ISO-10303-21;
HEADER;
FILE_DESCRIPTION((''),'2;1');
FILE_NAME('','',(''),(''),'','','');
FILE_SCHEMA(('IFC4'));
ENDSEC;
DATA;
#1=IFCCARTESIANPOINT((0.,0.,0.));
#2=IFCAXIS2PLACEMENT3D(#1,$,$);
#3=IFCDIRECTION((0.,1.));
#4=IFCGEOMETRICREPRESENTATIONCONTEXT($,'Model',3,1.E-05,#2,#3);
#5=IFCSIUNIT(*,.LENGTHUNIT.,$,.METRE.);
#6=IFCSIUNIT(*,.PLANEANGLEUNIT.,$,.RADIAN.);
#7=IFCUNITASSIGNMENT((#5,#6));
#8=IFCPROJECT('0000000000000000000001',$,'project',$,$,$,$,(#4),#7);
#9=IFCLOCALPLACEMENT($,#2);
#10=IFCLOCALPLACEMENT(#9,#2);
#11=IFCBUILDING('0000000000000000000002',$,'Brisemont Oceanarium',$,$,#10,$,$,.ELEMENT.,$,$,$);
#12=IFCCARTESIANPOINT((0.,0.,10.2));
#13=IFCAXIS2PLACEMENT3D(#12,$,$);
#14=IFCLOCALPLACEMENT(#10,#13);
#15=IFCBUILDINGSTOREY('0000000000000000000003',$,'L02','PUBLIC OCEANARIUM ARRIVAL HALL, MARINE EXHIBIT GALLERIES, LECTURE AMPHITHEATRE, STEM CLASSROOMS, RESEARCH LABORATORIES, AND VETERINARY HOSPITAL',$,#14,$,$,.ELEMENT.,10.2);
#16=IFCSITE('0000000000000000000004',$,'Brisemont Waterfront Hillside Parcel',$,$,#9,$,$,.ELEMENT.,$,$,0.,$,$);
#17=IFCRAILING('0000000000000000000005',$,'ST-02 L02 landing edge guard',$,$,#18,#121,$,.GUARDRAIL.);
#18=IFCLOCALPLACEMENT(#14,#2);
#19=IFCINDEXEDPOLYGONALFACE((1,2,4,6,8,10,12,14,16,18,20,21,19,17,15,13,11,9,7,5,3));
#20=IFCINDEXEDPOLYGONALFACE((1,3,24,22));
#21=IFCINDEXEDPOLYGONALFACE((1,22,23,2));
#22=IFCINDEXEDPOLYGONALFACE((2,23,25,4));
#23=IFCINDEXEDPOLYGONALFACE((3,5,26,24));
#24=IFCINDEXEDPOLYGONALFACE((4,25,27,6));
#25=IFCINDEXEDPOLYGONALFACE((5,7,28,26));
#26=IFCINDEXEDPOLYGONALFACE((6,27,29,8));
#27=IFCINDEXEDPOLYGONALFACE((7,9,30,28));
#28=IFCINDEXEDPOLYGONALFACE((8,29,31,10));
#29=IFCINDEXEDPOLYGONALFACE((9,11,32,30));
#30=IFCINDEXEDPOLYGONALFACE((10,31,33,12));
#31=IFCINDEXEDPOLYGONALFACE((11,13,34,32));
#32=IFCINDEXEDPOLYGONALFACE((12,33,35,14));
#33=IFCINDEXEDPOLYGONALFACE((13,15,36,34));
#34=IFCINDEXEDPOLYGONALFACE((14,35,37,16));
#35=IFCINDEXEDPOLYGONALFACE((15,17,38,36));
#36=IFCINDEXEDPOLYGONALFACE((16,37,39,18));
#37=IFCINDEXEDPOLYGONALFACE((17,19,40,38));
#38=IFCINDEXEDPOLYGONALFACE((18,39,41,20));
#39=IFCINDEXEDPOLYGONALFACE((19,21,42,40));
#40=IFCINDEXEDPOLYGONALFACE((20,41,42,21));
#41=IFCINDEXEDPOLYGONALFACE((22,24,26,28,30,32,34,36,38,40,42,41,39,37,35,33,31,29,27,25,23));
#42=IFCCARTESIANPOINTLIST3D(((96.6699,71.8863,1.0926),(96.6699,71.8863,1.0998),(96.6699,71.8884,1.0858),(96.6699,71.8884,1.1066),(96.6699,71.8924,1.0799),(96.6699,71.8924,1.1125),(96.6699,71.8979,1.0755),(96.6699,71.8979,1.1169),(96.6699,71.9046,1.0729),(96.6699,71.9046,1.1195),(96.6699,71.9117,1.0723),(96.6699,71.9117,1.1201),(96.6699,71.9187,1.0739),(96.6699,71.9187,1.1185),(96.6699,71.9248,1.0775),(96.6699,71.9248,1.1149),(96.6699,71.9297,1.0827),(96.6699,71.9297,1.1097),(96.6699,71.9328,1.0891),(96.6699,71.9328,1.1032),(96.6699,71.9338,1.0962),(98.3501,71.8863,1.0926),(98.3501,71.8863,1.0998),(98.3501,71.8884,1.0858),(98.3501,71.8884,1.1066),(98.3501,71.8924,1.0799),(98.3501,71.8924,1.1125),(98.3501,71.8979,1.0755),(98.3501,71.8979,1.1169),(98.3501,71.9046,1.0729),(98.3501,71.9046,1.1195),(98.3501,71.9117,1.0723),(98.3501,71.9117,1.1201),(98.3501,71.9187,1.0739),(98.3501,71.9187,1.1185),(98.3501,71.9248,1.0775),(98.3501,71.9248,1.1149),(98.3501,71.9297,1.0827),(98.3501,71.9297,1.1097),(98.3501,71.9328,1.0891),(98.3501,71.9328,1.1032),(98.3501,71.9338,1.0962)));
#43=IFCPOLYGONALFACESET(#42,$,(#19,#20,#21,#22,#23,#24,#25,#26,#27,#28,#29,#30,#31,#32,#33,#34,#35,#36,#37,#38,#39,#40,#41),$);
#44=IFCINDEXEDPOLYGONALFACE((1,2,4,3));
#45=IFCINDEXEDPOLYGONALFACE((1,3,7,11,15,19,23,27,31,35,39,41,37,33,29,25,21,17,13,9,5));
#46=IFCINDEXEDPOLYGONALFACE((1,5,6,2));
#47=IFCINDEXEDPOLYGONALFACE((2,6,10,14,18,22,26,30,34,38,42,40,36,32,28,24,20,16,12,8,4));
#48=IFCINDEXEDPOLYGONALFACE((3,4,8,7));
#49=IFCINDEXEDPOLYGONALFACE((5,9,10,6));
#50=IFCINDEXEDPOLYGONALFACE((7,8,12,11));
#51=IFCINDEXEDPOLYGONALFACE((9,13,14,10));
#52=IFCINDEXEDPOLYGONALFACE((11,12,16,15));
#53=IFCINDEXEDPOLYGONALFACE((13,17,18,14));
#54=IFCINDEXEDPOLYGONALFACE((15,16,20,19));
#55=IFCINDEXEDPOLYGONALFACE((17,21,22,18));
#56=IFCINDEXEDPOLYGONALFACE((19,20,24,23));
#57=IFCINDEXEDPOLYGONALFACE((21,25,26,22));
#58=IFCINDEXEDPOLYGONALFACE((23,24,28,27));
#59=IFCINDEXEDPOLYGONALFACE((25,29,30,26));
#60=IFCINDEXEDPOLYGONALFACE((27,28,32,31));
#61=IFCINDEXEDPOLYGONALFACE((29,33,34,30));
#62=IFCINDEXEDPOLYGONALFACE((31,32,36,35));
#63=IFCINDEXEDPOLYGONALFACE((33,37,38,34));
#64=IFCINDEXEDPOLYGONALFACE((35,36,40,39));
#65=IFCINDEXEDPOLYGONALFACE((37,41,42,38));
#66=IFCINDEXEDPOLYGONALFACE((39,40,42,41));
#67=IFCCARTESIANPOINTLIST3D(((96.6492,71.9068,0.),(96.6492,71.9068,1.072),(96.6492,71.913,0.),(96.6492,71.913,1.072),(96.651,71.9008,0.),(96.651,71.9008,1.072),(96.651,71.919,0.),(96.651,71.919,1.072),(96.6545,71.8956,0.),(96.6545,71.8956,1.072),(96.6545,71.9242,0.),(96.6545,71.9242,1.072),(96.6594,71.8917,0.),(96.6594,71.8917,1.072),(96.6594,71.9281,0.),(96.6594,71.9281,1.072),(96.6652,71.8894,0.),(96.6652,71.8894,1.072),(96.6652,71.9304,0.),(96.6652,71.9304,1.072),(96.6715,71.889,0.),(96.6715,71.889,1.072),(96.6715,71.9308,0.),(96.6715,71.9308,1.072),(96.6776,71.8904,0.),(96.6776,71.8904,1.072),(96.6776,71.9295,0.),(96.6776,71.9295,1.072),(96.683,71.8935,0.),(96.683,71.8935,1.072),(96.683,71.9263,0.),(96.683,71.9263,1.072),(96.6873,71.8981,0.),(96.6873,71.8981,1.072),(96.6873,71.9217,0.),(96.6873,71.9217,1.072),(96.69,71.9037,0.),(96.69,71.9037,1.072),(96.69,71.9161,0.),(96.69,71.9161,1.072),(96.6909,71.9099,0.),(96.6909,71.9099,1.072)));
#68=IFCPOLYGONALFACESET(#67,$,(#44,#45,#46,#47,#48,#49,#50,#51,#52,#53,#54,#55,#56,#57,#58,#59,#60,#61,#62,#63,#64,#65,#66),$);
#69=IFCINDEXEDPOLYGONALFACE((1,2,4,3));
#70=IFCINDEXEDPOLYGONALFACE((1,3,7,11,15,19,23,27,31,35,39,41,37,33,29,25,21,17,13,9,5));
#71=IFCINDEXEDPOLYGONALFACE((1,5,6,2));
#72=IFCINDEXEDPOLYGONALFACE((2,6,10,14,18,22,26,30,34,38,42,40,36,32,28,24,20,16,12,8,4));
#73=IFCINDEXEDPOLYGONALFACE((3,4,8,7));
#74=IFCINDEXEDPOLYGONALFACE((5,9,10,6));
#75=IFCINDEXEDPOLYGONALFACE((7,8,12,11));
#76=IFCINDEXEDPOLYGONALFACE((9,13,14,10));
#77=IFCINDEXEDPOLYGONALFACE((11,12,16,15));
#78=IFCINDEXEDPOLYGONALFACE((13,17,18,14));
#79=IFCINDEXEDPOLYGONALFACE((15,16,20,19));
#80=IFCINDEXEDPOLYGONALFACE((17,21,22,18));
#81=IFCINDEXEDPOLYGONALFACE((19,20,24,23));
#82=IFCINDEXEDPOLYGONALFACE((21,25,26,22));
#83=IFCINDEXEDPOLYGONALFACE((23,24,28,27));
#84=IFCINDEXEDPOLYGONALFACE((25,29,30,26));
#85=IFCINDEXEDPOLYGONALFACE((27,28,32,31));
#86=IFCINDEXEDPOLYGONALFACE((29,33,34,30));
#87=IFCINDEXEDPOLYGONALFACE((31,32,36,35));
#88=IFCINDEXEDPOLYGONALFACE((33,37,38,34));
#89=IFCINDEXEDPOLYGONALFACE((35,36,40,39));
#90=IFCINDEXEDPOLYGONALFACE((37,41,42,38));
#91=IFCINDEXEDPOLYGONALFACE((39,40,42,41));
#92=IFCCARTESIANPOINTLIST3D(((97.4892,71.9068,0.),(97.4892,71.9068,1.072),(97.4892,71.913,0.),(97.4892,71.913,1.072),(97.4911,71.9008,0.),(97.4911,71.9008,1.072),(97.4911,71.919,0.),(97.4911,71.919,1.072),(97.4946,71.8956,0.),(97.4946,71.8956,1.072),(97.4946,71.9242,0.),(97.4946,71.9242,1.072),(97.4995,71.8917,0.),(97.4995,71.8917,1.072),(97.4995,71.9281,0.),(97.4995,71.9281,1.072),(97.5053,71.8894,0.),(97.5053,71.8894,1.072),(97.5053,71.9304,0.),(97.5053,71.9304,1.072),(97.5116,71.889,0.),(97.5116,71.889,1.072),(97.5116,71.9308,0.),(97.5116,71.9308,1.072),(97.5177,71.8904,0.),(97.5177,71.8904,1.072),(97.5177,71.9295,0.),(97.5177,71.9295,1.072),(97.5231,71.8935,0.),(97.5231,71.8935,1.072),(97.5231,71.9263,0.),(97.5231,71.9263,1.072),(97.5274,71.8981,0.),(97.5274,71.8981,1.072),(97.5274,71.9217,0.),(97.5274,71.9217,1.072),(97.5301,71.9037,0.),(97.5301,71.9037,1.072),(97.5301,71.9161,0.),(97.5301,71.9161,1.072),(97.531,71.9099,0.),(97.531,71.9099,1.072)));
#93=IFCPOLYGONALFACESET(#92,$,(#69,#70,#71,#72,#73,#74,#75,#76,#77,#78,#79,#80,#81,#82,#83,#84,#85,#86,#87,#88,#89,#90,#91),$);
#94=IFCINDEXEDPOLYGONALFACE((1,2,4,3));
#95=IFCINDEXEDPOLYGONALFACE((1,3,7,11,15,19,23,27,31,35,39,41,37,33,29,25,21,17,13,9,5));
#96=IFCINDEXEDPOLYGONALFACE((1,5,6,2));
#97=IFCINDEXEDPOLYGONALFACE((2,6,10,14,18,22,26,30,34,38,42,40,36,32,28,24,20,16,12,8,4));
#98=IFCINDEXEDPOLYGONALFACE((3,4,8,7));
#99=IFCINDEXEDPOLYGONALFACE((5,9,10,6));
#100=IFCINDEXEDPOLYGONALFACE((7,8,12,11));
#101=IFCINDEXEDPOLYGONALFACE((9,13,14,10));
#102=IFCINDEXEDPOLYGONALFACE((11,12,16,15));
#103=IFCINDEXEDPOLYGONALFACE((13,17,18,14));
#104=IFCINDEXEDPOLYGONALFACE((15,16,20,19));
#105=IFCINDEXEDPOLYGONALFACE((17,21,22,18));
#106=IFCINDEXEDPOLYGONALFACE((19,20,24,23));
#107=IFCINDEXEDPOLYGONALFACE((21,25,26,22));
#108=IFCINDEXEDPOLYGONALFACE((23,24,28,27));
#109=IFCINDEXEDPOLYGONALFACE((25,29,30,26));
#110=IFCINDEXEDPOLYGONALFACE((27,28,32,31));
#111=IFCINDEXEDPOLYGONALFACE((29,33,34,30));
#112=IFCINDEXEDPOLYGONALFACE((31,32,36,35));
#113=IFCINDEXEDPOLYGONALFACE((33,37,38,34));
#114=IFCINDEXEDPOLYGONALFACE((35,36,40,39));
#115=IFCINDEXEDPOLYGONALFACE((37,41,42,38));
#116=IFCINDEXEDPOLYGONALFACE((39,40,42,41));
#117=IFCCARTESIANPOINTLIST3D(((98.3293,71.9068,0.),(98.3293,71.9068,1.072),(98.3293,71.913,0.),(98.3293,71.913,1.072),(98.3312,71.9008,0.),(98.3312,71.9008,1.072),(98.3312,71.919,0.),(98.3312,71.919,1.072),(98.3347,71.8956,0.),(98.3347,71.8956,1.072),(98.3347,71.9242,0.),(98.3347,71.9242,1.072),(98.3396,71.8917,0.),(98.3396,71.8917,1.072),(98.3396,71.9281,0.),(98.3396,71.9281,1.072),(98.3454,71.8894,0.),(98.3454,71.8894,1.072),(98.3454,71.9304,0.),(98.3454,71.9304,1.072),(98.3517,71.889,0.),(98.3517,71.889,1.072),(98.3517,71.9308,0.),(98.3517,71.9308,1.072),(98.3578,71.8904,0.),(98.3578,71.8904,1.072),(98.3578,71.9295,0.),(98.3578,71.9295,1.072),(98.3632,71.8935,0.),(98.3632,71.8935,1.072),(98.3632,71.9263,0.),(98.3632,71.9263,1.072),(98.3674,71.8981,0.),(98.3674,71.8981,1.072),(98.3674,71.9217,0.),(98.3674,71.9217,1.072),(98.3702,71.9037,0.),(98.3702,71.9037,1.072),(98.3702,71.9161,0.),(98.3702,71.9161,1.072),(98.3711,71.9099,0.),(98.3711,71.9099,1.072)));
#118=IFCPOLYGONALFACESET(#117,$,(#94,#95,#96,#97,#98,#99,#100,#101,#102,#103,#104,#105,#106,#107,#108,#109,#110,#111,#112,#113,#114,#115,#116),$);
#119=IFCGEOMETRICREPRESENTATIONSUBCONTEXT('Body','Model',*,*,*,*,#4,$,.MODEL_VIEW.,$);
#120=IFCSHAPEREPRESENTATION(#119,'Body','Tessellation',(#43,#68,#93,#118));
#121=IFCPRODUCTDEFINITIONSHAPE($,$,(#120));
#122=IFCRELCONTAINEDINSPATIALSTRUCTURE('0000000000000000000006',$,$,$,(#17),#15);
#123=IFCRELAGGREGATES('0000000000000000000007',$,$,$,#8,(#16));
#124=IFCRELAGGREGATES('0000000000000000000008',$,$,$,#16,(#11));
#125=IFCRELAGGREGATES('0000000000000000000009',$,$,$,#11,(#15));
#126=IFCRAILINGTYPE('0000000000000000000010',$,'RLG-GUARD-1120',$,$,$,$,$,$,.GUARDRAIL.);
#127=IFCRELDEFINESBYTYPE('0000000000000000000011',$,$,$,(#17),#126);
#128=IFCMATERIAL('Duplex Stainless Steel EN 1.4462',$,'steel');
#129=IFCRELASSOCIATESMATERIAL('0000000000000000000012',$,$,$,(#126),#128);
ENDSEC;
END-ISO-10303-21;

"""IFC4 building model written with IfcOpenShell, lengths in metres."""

from ifc_helpers import new_model, si_unit, direction, frame, origin, origin_2d, place, context, subcontext, project, spatial, circle, extrude, material, type_object, element, save


model = new_model("IFC4")

# Units and contexts
model_context = context("Model", 3, precision=1e-05, world=origin(), true_north=direction((0.0, 1.0)))
body_context = subcontext(model_context, "Body", "Model", "MODEL_VIEW")
ifc_project = project(units=[si_unit("LENGTHUNIT", "METRE"), si_unit("PLANEANGLEUNIT", "RADIAN")], contexts=[model_context])

# Site, building, storey
site_placement = place(None, origin())
site = spatial("IfcSite", under=ifc_project, at=site_placement, Name="Brisemont Waterfront Hillside Parcel", CompositionType="ELEMENT", RefElevation=0.0)
building_placement = place(site_placement, origin())
building = spatial("IfcBuilding", under=site, at=building_placement, Name="Brisemont Oceanarium", CompositionType="ELEMENT")
storey_placement = place(building_placement, frame((0.0, 0.0, 10.2)))
storey = spatial("IfcBuildingStorey", under=building, at=storey_placement, Name="L02", Description="PUBLIC OCEANARIUM ARRIVAL HALL, MARINE EXHIBIT GALLERIES, LECTURE AMPHITHEATRE, STEM CLASSROOMS, RESEARCH LABORATORIES, AND VETERINARY HOSPITAL", CompositionType="ELEMENT", Elevation=10.2)

# Railing
ifc_material_1 = material(Name="Duplex Stainless Steel EN 1.4462", Category="steel")
railing_type_1 = type_object("IfcRailingType", Name="RLG-GUARD-1120", PredefinedType="GUARDRAIL", material=ifc_material_1)
railing_1_placement = place(storey_placement, frame((96.6699, 71.9099, 0.0)))
element("IfcRailing", 1, at=railing_1_placement, inside=storey, type_object=railing_type_1, Name="ST-02 L02 landing edge guard", PredefinedType="GUARDRAIL", context=body_context, shape_type="SweptSolid", body=[
    extrude(circle(Radius=0.0239, at=origin_2d()), frame((0.0, 0.0, 1.0962), z_axis=(1.0, 0.0, 0.0), x_axis=(0.0, 1.0, 0.0)), (0.0, 0.0, 1.0), 1.6802),
    extrude(circle(Radius=0.021, at=origin_2d()), origin(), (0.0, 0.0, 1.0), 1.072),
    extrude(circle(Radius=0.021, at=origin_2d()), frame((0.8401, 0.0, 0.0)), (0.0, 0.0, 1.0), 1.072),
    extrude(circle(Radius=0.021, at=origin_2d()), frame((1.6802, 0.0, 0.0)), (0.0, 0.0, 1.0), 1.072),
])

save(model, "model.ifc")
